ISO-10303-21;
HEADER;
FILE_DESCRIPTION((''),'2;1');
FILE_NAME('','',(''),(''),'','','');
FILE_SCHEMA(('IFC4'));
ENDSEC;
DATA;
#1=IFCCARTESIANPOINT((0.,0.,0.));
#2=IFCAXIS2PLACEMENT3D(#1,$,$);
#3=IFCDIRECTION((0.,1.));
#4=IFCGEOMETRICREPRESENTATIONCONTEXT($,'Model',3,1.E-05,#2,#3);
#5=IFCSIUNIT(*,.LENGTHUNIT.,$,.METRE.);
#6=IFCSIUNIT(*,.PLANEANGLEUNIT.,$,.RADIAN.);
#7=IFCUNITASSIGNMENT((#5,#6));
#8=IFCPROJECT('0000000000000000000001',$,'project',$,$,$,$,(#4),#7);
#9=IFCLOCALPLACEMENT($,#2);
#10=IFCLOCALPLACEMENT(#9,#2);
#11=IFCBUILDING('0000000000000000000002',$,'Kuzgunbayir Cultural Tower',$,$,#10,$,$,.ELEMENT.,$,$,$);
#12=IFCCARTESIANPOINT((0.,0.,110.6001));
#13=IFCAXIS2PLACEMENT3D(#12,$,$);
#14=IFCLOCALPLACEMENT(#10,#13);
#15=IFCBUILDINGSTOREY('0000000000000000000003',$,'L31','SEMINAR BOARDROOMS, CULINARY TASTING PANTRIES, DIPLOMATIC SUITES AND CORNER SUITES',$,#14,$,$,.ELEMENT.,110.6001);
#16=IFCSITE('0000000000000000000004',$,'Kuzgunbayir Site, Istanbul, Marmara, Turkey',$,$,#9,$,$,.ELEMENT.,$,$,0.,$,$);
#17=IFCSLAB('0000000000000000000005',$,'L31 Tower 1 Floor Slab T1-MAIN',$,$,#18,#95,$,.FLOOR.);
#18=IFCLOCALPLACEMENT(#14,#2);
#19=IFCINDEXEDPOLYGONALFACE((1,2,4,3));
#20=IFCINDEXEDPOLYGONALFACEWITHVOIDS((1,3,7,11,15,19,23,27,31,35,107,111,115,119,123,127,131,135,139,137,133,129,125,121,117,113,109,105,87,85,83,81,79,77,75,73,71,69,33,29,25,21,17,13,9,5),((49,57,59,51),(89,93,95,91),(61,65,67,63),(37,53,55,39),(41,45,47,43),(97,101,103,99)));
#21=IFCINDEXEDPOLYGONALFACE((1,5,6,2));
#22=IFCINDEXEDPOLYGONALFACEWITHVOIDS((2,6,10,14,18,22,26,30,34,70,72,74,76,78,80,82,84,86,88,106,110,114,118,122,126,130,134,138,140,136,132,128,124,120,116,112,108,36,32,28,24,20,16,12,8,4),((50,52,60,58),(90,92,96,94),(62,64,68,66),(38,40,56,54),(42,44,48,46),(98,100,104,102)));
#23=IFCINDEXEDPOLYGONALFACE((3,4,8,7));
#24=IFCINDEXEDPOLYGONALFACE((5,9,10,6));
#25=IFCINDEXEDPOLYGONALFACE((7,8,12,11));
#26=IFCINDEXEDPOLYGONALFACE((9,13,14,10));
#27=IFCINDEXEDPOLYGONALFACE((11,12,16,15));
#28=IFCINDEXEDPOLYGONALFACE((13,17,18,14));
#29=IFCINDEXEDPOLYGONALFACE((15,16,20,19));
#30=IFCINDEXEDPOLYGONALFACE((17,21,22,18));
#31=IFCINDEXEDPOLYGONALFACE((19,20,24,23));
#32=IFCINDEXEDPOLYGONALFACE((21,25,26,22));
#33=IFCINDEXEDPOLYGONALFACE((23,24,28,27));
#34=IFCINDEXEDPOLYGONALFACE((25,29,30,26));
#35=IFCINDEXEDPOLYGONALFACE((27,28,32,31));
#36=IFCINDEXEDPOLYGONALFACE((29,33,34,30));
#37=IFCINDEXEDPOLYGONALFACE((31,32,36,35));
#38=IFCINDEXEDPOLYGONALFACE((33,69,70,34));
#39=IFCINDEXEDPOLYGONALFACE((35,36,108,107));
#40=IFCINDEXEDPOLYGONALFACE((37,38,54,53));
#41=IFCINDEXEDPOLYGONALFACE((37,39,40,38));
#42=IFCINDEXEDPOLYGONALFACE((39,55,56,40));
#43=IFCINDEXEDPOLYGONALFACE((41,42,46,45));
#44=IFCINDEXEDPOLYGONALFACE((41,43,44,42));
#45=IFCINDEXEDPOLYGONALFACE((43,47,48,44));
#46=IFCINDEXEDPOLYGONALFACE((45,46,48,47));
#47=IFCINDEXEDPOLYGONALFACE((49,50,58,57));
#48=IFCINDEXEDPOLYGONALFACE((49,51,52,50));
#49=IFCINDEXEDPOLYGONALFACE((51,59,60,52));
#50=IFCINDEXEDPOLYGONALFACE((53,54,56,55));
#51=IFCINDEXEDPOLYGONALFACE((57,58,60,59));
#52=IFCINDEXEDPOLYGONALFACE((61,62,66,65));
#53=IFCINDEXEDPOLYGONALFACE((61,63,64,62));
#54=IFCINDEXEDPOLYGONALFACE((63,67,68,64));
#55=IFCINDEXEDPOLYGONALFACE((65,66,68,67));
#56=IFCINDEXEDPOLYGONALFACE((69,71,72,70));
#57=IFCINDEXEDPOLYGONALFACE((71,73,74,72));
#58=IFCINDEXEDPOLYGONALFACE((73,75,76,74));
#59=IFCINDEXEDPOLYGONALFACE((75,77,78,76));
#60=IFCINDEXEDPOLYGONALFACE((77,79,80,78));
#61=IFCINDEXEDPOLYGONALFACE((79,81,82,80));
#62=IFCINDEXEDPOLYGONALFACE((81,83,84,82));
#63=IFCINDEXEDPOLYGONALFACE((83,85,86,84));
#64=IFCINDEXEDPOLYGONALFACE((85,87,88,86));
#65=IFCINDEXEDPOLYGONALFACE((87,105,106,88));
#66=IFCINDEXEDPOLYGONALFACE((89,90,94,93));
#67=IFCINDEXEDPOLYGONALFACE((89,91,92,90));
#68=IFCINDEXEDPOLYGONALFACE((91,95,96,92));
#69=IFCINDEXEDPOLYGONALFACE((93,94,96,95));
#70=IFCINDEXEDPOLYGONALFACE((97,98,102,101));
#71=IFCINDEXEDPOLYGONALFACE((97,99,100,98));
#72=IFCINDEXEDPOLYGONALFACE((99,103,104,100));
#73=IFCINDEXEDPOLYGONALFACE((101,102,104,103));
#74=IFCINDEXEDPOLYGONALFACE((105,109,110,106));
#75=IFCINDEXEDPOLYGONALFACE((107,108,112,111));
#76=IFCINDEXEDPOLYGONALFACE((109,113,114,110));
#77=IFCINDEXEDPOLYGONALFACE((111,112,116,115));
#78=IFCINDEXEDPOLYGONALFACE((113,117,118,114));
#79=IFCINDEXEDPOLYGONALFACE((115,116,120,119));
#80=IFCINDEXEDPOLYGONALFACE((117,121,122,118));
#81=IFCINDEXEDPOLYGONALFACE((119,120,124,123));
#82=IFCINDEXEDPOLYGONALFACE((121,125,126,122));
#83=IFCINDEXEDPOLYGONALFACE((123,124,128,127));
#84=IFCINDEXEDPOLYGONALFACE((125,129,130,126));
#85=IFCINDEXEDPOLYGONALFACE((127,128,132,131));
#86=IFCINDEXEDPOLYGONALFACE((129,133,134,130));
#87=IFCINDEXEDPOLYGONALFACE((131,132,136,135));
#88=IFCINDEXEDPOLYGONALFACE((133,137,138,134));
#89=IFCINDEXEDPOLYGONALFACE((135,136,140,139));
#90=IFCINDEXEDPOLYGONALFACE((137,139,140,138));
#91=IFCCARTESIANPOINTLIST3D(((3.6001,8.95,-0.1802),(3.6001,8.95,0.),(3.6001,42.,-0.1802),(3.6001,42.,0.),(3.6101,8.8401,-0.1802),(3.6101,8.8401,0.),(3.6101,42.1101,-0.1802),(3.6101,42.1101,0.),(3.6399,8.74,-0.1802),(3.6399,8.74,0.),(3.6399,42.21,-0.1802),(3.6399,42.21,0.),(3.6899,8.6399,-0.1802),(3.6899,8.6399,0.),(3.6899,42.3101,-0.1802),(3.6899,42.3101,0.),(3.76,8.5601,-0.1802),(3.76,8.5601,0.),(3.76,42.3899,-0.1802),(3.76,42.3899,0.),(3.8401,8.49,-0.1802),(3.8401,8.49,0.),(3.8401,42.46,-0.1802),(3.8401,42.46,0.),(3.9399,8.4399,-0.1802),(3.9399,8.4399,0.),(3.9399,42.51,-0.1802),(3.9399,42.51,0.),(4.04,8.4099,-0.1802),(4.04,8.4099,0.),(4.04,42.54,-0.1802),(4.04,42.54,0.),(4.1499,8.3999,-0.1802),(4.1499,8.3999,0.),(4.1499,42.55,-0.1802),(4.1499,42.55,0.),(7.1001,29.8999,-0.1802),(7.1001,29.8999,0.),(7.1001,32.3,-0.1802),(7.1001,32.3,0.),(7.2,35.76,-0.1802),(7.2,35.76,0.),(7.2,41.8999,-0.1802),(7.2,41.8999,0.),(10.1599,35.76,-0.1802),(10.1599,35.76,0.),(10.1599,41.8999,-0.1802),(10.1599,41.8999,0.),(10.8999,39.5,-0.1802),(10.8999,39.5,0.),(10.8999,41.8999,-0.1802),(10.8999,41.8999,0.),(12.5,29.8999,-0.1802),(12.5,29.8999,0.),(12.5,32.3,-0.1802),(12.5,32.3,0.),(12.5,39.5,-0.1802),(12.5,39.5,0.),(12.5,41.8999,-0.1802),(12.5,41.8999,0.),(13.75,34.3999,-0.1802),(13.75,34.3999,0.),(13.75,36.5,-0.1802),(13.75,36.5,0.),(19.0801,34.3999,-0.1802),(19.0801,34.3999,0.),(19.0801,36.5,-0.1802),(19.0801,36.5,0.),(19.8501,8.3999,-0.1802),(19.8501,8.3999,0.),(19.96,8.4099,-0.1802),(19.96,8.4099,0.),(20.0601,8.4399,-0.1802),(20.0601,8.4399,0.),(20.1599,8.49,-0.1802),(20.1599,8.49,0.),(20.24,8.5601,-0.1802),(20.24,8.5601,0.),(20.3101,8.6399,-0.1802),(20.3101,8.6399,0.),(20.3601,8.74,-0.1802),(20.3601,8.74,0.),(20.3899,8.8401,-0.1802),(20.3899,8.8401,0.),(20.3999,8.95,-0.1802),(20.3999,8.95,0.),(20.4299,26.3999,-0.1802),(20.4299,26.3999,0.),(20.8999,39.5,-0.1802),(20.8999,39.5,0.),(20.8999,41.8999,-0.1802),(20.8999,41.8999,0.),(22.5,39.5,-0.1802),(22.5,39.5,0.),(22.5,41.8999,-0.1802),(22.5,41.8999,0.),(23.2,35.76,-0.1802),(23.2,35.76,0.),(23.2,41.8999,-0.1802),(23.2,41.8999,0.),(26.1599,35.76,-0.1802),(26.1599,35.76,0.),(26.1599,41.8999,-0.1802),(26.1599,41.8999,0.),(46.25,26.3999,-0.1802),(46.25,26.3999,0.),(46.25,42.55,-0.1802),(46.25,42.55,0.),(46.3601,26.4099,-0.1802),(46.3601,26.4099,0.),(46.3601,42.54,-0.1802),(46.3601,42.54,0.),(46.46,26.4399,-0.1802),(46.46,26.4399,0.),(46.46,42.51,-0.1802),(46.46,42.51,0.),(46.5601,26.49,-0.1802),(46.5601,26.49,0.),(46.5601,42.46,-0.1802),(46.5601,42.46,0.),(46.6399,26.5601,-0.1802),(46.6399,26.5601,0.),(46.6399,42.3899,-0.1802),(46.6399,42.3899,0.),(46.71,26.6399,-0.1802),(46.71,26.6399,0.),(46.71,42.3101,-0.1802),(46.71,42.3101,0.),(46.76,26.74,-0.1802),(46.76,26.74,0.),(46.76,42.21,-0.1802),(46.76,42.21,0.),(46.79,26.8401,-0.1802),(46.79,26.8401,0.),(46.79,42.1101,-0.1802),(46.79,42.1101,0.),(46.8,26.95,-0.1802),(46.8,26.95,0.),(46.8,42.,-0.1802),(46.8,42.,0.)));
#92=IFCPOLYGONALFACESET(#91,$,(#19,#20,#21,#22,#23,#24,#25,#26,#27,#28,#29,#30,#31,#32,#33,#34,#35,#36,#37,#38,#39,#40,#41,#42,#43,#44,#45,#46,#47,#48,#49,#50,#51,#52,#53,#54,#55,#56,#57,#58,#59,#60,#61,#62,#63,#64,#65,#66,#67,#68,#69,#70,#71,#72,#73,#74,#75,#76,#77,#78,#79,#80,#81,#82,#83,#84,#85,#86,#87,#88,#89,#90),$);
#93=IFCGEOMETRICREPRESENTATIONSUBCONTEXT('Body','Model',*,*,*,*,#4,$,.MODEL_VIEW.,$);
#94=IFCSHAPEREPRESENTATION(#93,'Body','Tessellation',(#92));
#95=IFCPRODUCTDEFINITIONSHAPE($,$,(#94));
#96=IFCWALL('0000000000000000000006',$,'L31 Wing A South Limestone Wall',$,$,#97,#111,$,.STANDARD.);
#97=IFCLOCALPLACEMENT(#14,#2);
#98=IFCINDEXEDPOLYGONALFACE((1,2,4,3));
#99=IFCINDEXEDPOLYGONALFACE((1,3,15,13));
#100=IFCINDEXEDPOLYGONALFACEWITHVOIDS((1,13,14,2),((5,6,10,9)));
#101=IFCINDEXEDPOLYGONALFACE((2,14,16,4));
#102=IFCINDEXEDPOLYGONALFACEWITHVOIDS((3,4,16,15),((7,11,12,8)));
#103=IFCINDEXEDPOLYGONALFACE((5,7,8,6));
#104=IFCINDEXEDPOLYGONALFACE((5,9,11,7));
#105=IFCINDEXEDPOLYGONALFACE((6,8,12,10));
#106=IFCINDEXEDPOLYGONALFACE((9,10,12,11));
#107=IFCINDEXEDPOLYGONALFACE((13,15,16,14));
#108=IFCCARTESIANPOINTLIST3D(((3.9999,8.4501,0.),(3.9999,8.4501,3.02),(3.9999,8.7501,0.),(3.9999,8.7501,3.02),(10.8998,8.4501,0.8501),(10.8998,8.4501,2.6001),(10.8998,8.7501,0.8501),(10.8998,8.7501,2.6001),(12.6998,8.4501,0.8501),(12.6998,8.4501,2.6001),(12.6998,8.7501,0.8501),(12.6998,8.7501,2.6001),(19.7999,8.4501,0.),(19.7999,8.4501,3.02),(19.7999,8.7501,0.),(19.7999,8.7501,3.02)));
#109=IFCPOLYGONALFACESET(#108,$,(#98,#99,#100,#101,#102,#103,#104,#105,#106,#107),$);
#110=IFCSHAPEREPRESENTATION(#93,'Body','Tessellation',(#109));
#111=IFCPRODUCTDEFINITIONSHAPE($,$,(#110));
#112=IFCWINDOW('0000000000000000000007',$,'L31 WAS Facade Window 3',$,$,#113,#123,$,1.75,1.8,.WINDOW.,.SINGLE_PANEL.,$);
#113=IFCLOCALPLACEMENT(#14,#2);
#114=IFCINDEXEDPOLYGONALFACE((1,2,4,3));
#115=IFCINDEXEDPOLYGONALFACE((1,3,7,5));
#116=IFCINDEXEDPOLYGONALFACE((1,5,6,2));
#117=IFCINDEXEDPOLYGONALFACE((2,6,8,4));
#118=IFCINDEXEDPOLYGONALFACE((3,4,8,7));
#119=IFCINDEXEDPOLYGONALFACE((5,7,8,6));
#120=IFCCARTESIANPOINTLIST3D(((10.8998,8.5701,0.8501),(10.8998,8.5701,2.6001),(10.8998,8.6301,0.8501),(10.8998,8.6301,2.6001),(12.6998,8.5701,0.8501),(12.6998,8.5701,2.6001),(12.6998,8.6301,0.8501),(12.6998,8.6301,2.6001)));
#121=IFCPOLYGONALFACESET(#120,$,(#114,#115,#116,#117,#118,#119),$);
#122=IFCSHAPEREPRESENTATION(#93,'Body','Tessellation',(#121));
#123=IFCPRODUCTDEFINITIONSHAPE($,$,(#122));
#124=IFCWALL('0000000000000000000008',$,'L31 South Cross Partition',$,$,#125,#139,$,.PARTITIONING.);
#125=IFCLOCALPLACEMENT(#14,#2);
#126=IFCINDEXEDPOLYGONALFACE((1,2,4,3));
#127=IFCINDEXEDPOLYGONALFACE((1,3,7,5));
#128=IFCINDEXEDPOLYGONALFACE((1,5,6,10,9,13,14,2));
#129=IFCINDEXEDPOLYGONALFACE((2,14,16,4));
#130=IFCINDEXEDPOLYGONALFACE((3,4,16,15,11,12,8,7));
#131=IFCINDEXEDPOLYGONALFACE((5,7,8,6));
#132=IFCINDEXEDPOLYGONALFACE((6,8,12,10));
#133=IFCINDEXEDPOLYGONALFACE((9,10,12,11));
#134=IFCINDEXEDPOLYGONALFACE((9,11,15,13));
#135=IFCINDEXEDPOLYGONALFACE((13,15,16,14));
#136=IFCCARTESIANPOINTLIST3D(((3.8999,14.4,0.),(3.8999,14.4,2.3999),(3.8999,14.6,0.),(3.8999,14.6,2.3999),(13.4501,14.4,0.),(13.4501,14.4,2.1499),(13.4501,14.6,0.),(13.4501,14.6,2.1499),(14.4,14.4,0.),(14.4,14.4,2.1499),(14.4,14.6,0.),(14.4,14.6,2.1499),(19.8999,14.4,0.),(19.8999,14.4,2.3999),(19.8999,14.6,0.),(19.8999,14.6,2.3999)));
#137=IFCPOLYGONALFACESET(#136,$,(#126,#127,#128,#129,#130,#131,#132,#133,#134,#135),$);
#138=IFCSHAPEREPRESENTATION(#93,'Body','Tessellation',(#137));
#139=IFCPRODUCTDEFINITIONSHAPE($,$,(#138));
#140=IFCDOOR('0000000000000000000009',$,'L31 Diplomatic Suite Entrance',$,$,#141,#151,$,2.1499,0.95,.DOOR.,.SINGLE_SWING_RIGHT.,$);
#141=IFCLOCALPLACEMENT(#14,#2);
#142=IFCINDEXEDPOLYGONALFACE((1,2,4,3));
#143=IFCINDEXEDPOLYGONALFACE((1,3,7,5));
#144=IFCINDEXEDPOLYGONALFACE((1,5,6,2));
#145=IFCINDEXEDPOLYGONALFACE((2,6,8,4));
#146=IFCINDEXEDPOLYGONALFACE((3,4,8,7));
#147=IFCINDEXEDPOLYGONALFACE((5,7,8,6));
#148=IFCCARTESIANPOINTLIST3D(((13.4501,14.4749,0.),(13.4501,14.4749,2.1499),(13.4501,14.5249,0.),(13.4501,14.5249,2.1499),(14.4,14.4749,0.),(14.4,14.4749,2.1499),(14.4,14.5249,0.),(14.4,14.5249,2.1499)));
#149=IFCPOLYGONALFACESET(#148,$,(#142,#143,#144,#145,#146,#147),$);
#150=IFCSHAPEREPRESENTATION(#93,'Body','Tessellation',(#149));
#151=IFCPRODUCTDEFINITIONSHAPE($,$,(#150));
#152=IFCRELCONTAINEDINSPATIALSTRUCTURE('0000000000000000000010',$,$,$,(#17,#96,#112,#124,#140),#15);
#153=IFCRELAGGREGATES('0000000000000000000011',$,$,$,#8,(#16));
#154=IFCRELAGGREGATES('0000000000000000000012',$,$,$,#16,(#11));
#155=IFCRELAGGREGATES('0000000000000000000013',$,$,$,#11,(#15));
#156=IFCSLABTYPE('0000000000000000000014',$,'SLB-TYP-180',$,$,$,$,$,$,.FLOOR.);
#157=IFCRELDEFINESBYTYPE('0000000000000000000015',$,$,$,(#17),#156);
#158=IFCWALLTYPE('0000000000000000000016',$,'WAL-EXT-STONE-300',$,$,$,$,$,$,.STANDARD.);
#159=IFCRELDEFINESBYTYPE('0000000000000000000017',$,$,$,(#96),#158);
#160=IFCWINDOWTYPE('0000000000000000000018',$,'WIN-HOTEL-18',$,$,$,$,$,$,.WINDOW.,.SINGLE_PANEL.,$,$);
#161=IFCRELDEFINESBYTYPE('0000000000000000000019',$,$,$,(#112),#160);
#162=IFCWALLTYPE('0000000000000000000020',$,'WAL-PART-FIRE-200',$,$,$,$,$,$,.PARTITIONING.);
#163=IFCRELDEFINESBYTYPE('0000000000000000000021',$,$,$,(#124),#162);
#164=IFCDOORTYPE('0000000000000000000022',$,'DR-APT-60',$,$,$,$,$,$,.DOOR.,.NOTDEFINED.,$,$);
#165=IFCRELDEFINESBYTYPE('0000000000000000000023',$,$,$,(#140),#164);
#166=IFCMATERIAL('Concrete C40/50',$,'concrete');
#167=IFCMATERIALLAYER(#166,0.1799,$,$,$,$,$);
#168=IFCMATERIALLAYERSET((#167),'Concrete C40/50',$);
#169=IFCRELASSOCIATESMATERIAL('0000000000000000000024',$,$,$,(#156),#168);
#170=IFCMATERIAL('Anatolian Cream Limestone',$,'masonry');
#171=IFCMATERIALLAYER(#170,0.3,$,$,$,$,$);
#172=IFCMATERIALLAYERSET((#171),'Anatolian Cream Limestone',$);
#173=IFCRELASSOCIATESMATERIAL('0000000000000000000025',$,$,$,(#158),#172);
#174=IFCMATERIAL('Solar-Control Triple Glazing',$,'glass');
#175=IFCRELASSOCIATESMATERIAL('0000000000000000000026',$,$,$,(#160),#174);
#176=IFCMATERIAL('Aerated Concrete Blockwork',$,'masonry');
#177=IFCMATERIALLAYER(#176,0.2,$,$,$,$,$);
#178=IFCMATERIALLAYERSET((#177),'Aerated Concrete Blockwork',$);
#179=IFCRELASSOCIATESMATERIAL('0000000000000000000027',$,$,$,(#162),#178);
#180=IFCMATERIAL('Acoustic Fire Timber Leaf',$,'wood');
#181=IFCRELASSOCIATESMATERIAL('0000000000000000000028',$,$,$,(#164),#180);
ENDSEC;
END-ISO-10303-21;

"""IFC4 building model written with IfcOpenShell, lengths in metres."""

from ifc_helpers import new_model, si_unit, direction, frame, frame_2d, origin, place, context, subcontext, project, spatial, polyline, rectangle, outline, extrude, material, layer, layer_set, type_object, element, fill, save


model = new_model("IFC4")

# Units and contexts
model_context = context("Model", 3, precision=1e-05, world=origin(), true_north=direction((0.0, 1.0)))
body_context = subcontext(model_context, "Body", "Model", "MODEL_VIEW")
ifc_project = project(units=[si_unit("LENGTHUNIT", "METRE"), si_unit("PLANEANGLEUNIT", "RADIAN")], contexts=[model_context])

# Site, building, storey
site_placement = place(None, origin())
site = spatial("IfcSite", under=ifc_project, at=site_placement, Name="Kuzgunbayir Site, Istanbul, Marmara, Turkey", CompositionType="ELEMENT", RefElevation=0.0)
building_placement = place(site_placement, origin())
building = spatial("IfcBuilding", under=site, at=building_placement, Name="Kuzgunbayir Cultural Tower", CompositionType="ELEMENT")
storey_placement = place(building_placement, frame((0.0, 0.0, 110.6001)))
storey = spatial("IfcBuildingStorey", under=building, at=storey_placement, Name="L31", Description="SEMINAR BOARDROOMS, CULINARY TASTING PANTRIES, DIPLOMATIC SUITES AND CORNER SUITES", CompositionType="ELEMENT", Elevation=110.6001)

# Shared definitions
ifc_material_1 = material(Name="Concrete C40/50", Category="concrete")

# Slab
ifc_layer_1 = layer(ifc_material_1, 0.1799)
ifc_layer_set_1 = layer_set([ifc_layer_1], Name="Concrete C40/50")
slab_type_1 = type_object("IfcSlabType", Name="SLB-TYP-180", PredefinedType="FLOOR", material=ifc_layer_set_1)
slab_1_placement = place(storey_placement, frame((0.0, 0.0, -0.1802)))
element("IfcSlab", 1, at=slab_1_placement, inside=storey, type_object=slab_type_1, Name="L31 Tower 1 Floor Slab T1-MAIN", PredefinedType="FLOOR", context=body_context, shape_type="SweptSolid", body=[
    extrude(outline(polyline([(20.3999, 8.95), (20.3899, 8.8401), (20.3601, 8.74), (20.3101, 8.6399), (20.24, 8.5601), (20.1599, 8.49), (20.0601, 8.4399), (19.96, 8.4099), (19.8501, 8.3999), (4.1499, 8.3999), (4.04, 8.4099), (3.9399, 8.4399), (3.8401, 8.49), (3.76, 8.5601), (3.6899, 8.6399), (3.6399, 8.74), (3.6101, 8.8401), (3.6001, 8.95), (3.6001, 42.0), (3.6101, 42.1101), (3.6399, 42.21), (3.6899, 42.3101), (3.76, 42.3899), (3.8401, 42.46), (3.9399, 42.51), (4.04, 42.54), (4.1499, 42.55), (46.25, 42.55), (46.3601, 42.54), (46.46, 42.51), (46.5601, 42.46), (46.6399, 42.3899), (46.71, 42.3101), (46.76, 42.21), (46.79, 42.1101), (46.8, 42.0), (46.8, 26.95), (46.79, 26.8401), (46.76, 26.74), (46.71, 26.6399), (46.6399, 26.5601), (46.5601, 26.49), (46.46, 26.4399), (46.3601, 26.4099), (46.25, 26.3999), (20.4299, 26.3999), (20.3999, 8.95)]), holes=[polyline([(7.2, 35.76), (7.2, 41.8999), (10.1599, 41.8999), (10.1599, 35.76), (7.2, 35.76)]), polyline([(23.2, 35.76), (23.2, 41.8999), (26.1599, 41.8999), (26.1599, 35.76), (23.2, 35.76)]), polyline([(13.75, 34.3999), (13.75, 36.5), (19.0801, 36.5), (19.0801, 34.3999), (13.75, 34.3999)]), polyline([(7.1001, 29.8999), (7.1001, 32.3), (12.5, 32.3), (12.5, 29.8999), (7.1001, 29.8999)]), polyline([(10.8999, 39.5), (10.8999, 41.8999), (12.5, 41.8999), (12.5, 39.5), (10.8999, 39.5)]), polyline([(20.8999, 39.5), (20.8999, 41.8999), (22.5, 41.8999), (22.5, 39.5), (20.8999, 39.5)])]), origin(), (0.0, 0.0, 1.0), 0.1802),
])

# Wall, opening, window
ifc_material_2 = material(Name="Anatolian Cream Limestone", Category="masonry")
ifc_layer_2 = layer(ifc_material_2, 0.3)
ifc_layer_set_2 = layer_set([ifc_layer_2], Name="Anatolian Cream Limestone")
wall_type_1 = type_object("IfcWallType", Name="WAL-EXT-STONE-300", PredefinedType="STANDARD", material=ifc_layer_set_2)
wall_1_placement = place(storey_placement, frame((4.0, 8.6001, 0.0), z_axis=(0.0, 0.0, 1.0), x_axis=(1.0, 0.0, 0.0)))
wall_1 = element("IfcWall", 2, at=wall_1_placement, inside=storey, type_object=wall_type_1, Name="L31 Wing A South Limestone Wall", PredefinedType="STANDARD", context=body_context, shape_type="SweptSolid", body=[
    extrude(rectangle(XDim=15.8, YDim=0.3, at=frame_2d((7.8999, 0.0))), origin(), (0.0, 0.0, 1.0), 3.02),
])
opening_1_placement = place(wall_1_placement, frame((6.8999, 0.0, 0.8501)))
opening_1 = element("IfcOpeningElement", 3, at=opening_1_placement, cuts=wall_1, PredefinedType="OPENING", context=body_context, shape_type="SweptSolid", body=[
    extrude(rectangle(XDim=1.8, YDim=1.75, at=frame_2d((0.8999, 0.875))), frame((0.0, 0.1602, 0.0), z_axis=(0.0, -1.0, 0.0), x_axis=(1.0, 0.0, 0.0)), (0.0, 0.0, 1.0), 0.3201),
])
ifc_material_3 = material(Name="Solar-Control Triple Glazing", Category="glass")
window_type = type_object("IfcWindowType", Name="WIN-HOTEL-18", PartitioningType="SINGLE_PANEL", PredefinedType="WINDOW", material=ifc_material_3)
window_placement = place(opening_1_placement, origin())
window = element("IfcWindow", 4, at=window_placement, inside=storey, type_object=window_type, Name="L31 WAS Facade Window 3", OverallHeight=1.75, OverallWidth=1.8, PartitioningType="SINGLE_PANEL", PredefinedType="WINDOW", context=body_context, shape_type="SweptSolid", body=[
    extrude(rectangle(XDim=1.8, YDim=1.75, at=frame_2d((0.8999, 0.875))), frame((0.0, 0.03, 0.0), z_axis=(0.0, -1.0, 0.0), x_axis=(1.0, 0.0, 0.0)), (0.0, 0.0, 1.0), 0.0601),
])
fill(opening_1, window)

# Wall, opening, door
ifc_material_4 = material(Name="Aerated Concrete Blockwork", Category="masonry")
ifc_layer_3 = layer(ifc_material_4, 0.2)
ifc_layer_set_3 = layer_set([ifc_layer_3], Name="Aerated Concrete Blockwork")
wall_type_2 = type_object("IfcWallType", Name="WAL-PART-FIRE-200", PredefinedType="PARTITIONING", material=ifc_layer_set_3)
wall_2_placement = place(storey_placement, frame((3.8999, 14.5, 0.0), z_axis=(0.0, 0.0, 1.0), x_axis=(1.0, 0.0, 0.0)))
wall_2 = element("IfcWall", 5, at=wall_2_placement, inside=storey, type_object=wall_type_2, Name="L31 South Cross Partition", PredefinedType="PARTITIONING", context=body_context, shape_type="SweptSolid", body=[
    extrude(rectangle(XDim=16.0, YDim=0.2, at=frame_2d((8.0, 0.0))), origin(), (0.0, 0.0, 1.0), 2.3999),
])
opening_2_placement = place(wall_2_placement, frame((9.55, 0.0, 0.0)))
opening_2 = element("IfcOpeningElement", 6, at=opening_2_placement, cuts=wall_2, PredefinedType="OPENING", context=body_context, shape_type="SweptSolid", body=[
    extrude(rectangle(XDim=0.95, YDim=2.1499, at=frame_2d((0.4751, 1.075))), frame((0.0, 0.1099, 0.0), z_axis=(0.0, -1.0, 0.0), x_axis=(1.0, 0.0, 0.0)), (0.0, 0.0, 1.0), 0.22),
])
ifc_material_5 = material(Name="Acoustic Fire Timber Leaf", Category="wood")
door_type = type_object("IfcDoorType", Name="DR-APT-60", OperationType="NOTDEFINED", PredefinedType="DOOR", material=ifc_material_5)
door_placement = place(opening_2_placement, origin())
door = element("IfcDoor", 7, at=door_placement, inside=storey, type_object=door_type, Name="L31 Diplomatic Suite Entrance", OperationType="SINGLE_SWING_RIGHT", OverallHeight=2.1499, OverallWidth=0.95, PredefinedType="DOOR", context=body_context, shape_type="SweptSolid", body=[
    extrude(rectangle(XDim=0.95, YDim=2.1499, at=frame_2d((0.4751, 1.075))), frame((0.0, 0.0249, 0.0), z_axis=(0.0, -1.0, 0.0), x_axis=(1.0, 0.0, 0.0)), (0.0, 0.0, 1.0), 0.05),
])
fill(opening_2, door)

save(model, "model.ifc")
